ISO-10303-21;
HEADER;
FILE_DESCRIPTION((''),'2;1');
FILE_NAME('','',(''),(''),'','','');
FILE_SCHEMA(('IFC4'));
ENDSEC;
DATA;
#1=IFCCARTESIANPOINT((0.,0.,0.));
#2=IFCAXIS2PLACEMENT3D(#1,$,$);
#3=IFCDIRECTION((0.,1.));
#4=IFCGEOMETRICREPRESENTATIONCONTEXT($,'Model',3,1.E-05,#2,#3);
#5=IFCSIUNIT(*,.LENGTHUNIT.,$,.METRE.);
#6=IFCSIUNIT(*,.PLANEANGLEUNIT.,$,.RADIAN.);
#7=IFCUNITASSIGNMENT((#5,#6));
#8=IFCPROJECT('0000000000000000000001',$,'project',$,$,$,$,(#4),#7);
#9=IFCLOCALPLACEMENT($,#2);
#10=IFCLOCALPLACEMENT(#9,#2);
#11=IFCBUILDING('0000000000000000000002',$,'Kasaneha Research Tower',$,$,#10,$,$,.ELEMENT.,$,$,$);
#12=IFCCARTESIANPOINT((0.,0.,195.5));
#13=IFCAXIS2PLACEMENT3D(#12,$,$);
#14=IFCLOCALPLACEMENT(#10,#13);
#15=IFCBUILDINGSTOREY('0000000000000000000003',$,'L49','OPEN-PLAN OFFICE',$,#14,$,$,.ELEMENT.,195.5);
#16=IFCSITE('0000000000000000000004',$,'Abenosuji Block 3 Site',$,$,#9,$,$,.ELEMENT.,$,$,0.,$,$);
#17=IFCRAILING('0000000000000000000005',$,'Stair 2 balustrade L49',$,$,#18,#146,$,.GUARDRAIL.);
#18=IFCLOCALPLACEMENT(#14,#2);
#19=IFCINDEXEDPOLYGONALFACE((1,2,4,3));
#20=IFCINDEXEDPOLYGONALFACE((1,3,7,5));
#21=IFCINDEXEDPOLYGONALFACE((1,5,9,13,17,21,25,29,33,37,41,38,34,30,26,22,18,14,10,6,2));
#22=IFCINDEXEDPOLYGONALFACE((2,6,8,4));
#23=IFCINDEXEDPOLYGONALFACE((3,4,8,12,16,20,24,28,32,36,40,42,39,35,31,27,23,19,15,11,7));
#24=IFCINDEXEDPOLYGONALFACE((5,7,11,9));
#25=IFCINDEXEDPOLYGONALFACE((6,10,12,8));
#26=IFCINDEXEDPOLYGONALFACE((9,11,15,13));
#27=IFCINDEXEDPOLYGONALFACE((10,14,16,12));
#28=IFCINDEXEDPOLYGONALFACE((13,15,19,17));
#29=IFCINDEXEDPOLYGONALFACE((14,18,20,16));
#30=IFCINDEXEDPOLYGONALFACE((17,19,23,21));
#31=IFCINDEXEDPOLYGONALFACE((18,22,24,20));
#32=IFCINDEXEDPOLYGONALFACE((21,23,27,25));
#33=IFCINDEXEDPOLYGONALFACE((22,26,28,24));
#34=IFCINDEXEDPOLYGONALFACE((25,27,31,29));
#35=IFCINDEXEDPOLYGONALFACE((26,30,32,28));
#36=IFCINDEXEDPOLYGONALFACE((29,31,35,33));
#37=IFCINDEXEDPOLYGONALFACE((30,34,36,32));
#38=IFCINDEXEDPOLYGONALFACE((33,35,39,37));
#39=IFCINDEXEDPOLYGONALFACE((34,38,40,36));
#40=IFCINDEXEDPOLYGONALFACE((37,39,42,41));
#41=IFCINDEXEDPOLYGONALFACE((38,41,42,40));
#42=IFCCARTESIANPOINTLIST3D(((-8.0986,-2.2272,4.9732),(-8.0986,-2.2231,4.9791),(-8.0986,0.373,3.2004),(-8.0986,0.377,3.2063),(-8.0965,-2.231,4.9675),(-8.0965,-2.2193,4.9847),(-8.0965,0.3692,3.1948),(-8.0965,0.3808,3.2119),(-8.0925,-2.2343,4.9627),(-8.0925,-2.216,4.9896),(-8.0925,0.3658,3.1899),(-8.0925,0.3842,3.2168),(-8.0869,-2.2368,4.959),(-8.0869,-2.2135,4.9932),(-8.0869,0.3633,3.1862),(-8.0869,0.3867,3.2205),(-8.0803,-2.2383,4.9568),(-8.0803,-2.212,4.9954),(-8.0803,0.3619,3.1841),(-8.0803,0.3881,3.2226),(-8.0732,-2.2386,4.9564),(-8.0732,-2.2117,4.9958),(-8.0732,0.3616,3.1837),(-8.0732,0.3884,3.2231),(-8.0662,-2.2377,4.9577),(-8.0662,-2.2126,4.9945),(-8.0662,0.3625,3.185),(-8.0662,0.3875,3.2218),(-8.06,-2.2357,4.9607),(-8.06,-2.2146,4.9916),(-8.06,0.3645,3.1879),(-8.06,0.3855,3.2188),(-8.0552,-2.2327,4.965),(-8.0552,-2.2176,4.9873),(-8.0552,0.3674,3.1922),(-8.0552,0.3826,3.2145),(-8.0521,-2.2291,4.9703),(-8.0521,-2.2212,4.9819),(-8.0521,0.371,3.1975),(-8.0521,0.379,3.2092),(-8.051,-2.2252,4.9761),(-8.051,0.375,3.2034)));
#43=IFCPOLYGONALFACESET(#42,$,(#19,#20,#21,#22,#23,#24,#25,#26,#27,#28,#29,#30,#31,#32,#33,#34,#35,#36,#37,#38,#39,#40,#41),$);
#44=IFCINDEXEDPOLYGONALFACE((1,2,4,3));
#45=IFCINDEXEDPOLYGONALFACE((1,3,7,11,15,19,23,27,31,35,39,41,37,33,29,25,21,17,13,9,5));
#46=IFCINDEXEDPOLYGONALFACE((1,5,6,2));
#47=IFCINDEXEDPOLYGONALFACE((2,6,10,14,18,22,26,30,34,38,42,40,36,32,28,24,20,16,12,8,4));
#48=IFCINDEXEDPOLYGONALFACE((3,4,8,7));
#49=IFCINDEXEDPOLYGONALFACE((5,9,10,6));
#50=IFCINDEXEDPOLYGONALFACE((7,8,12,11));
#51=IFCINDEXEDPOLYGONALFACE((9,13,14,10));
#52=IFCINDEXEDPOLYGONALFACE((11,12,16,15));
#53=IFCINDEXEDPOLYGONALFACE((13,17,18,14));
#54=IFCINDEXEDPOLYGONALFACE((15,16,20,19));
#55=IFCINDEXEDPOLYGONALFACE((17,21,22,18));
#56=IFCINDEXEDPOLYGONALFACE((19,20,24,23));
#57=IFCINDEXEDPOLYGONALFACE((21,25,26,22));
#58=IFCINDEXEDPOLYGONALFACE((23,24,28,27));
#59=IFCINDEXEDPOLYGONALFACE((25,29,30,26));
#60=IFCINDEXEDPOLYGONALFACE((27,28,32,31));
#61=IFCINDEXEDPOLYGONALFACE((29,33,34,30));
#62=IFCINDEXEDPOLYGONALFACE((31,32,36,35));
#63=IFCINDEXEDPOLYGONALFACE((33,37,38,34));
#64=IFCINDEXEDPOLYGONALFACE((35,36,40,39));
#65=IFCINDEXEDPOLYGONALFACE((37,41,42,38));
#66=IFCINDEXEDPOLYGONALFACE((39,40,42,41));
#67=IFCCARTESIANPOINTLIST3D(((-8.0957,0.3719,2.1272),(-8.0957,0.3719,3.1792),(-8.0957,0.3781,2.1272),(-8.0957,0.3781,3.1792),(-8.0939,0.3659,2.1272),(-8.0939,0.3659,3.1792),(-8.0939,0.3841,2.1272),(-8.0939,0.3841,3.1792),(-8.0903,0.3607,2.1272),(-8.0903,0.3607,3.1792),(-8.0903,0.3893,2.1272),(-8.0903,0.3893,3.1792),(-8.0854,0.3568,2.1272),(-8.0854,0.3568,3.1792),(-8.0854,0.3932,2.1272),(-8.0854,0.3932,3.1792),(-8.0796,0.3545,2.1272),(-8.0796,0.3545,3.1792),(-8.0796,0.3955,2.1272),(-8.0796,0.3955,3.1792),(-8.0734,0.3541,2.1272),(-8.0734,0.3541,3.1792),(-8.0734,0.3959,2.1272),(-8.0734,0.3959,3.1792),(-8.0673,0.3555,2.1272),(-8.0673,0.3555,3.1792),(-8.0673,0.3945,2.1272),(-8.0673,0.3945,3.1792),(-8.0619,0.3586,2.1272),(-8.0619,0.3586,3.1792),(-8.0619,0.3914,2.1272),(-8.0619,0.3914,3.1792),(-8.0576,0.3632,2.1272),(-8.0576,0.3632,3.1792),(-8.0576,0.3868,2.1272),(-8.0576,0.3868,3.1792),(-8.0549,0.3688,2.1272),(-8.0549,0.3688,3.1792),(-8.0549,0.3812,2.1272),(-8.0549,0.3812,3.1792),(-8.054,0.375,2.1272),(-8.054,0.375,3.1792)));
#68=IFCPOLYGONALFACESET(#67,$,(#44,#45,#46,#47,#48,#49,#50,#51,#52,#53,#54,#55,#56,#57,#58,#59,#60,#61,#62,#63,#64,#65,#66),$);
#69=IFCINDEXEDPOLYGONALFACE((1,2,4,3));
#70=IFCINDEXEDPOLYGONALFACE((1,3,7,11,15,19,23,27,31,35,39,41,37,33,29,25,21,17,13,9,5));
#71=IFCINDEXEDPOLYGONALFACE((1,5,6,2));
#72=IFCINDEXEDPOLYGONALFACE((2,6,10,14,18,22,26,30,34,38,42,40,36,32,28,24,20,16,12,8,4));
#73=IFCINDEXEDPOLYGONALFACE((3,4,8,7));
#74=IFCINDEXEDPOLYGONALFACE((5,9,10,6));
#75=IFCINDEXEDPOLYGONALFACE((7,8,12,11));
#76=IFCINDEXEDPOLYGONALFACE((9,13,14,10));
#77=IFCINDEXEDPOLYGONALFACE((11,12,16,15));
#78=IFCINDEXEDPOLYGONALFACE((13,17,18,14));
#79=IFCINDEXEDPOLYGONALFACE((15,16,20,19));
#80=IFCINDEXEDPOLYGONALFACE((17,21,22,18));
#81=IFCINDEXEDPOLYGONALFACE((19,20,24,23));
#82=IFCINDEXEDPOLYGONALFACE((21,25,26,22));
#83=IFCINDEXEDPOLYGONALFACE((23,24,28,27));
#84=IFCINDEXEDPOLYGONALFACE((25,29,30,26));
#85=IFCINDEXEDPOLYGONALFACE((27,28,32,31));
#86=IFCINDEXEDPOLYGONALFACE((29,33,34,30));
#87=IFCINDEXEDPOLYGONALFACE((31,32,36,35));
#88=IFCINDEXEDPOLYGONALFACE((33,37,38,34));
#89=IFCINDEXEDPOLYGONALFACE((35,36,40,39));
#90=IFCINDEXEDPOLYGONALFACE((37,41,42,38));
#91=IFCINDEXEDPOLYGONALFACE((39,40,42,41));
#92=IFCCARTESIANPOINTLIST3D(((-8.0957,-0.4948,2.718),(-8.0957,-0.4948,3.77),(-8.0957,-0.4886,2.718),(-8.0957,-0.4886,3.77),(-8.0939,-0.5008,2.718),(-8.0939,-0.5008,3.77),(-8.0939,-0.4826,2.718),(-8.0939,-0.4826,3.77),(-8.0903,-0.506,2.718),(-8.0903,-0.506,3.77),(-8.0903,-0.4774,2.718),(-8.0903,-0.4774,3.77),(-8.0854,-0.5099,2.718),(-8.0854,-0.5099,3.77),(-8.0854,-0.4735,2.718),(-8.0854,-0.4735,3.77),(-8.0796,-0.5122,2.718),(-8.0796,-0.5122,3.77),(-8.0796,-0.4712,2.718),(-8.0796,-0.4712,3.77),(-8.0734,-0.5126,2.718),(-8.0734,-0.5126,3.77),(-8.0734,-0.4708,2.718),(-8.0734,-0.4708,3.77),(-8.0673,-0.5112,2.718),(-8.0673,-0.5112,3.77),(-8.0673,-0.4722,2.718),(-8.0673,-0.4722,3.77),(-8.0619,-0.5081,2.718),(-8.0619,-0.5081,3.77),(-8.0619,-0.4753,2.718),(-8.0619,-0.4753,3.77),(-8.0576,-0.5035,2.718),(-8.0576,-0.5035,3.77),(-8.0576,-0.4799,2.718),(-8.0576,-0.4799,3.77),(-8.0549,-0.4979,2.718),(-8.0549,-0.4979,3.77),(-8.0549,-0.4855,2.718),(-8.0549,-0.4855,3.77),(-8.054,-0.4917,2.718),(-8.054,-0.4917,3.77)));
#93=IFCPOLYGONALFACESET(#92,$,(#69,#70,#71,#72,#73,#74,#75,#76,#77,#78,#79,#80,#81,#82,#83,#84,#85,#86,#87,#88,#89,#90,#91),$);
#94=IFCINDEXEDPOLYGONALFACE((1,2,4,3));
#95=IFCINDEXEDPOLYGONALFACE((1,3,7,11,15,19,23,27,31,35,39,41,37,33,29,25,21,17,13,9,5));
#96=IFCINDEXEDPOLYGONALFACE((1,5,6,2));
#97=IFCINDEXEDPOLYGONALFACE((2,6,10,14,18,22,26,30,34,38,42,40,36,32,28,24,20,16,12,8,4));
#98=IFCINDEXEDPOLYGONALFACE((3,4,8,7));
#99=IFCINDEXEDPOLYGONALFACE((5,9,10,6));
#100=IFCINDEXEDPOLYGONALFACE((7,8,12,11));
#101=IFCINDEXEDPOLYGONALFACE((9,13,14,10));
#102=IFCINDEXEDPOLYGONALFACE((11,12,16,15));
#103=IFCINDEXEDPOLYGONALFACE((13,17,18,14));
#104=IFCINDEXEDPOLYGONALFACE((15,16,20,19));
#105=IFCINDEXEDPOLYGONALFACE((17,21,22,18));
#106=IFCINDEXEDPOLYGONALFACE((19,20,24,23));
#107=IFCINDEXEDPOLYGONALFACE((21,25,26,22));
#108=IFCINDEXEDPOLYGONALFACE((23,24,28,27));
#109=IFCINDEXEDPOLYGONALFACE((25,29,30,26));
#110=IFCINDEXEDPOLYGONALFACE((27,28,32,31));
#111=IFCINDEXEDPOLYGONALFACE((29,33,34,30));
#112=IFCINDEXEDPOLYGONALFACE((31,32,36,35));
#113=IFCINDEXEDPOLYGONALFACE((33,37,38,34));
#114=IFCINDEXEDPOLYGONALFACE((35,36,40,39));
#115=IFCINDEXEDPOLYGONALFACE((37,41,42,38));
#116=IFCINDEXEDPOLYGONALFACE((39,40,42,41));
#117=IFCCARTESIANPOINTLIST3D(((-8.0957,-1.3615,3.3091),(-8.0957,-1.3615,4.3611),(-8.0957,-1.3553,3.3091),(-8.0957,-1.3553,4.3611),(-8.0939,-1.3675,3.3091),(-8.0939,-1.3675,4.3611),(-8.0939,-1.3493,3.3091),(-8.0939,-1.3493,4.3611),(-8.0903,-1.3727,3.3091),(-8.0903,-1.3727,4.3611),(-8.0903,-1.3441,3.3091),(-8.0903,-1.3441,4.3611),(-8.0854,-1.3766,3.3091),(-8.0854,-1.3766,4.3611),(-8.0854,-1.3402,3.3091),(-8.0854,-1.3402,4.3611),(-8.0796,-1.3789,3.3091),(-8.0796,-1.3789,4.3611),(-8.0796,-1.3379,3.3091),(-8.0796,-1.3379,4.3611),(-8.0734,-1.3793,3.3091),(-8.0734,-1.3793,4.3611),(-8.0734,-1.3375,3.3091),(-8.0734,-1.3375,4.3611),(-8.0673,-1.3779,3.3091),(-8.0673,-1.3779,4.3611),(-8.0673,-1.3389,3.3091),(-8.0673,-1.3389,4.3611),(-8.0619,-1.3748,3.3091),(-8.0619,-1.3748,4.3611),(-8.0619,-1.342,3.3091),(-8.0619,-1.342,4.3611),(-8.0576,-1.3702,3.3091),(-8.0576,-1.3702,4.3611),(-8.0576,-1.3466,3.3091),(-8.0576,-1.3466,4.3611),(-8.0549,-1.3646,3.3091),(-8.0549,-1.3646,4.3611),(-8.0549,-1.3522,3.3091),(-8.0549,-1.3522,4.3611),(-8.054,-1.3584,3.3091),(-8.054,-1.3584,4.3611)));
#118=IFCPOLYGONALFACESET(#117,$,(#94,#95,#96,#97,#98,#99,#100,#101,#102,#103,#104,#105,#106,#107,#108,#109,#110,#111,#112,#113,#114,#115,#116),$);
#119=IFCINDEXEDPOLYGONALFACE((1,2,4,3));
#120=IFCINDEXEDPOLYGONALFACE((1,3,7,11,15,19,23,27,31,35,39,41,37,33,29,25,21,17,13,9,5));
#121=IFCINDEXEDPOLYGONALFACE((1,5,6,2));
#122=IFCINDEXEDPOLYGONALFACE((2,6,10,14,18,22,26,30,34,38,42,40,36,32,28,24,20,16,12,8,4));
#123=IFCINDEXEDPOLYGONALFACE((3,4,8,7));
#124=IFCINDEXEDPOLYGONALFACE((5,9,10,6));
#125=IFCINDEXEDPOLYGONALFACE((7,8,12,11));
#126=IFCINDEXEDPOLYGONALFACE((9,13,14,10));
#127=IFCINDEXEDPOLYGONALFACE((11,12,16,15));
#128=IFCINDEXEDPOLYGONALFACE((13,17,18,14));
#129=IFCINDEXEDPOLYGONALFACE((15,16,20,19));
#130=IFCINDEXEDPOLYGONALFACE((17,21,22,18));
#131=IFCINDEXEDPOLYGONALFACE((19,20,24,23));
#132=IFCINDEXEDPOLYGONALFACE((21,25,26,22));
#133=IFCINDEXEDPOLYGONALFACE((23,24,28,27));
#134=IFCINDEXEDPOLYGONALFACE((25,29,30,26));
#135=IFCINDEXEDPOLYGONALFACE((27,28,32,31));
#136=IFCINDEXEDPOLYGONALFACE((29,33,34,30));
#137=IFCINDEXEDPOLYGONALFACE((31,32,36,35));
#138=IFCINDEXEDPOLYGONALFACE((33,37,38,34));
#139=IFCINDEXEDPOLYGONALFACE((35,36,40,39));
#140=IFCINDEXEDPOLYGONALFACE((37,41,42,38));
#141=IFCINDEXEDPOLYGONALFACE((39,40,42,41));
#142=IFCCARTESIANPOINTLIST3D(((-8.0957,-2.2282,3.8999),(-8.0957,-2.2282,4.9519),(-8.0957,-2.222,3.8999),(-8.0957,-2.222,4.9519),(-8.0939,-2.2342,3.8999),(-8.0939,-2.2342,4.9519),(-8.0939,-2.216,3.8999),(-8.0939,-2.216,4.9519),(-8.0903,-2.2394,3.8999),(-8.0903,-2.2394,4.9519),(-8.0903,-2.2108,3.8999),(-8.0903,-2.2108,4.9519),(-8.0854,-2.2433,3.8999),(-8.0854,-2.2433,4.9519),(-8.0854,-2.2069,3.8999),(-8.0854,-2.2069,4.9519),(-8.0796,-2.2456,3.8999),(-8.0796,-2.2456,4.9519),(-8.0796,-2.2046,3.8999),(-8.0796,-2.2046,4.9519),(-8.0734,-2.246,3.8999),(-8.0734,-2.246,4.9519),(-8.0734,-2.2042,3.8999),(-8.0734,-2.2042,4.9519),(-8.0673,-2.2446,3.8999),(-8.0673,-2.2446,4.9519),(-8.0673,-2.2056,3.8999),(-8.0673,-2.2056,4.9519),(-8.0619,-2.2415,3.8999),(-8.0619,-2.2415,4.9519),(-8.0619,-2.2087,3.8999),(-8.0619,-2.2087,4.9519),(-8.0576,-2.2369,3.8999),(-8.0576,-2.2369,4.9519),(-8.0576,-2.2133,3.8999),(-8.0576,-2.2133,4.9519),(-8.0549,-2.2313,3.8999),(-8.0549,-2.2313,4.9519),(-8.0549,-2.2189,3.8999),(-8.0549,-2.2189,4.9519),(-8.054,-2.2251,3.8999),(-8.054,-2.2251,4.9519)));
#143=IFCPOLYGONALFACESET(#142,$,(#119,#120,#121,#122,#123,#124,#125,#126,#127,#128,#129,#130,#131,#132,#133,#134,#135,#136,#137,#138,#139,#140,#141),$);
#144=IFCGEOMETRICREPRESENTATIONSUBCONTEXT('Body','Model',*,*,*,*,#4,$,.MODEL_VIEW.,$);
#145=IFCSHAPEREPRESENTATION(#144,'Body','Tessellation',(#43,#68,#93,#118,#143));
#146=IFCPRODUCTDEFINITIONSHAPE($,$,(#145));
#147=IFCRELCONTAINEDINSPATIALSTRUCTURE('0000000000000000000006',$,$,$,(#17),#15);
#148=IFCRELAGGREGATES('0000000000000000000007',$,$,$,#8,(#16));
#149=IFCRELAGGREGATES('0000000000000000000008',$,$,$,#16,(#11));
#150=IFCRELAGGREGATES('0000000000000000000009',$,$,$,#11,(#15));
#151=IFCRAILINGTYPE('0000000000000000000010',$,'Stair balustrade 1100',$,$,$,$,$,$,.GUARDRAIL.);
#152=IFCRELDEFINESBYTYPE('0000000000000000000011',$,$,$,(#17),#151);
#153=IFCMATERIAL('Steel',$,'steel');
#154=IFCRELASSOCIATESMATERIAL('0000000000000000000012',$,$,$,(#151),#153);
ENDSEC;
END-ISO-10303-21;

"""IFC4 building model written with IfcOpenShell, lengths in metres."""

from ifc_helpers import new_model, si_unit, direction, frame, origin, origin_2d, place, context, subcontext, project, spatial, circle, extrude, material, type_object, element, save


model = new_model("IFC4")

# Units and contexts
model_context = context("Model", 3, precision=1e-05, world=origin(), true_north=direction((0.0, 1.0)))
body_context = subcontext(model_context, "Body", "Model", "MODEL_VIEW")
ifc_project = project(units=[si_unit("LENGTHUNIT", "METRE"), si_unit("PLANEANGLEUNIT", "RADIAN")], contexts=[model_context])

# Site, building, storey
site_placement = place(None, origin())
site = spatial("IfcSite", under=ifc_project, at=site_placement, Name="Abenosuji Block 3 Site", CompositionType="ELEMENT", RefElevation=0.0)
building_placement = place(site_placement, origin())
building = spatial("IfcBuilding", under=site, at=building_placement, Name="Kasaneha Research Tower", CompositionType="ELEMENT")
storey_placement = place(building_placement, frame((0.0, 0.0, 195.5)))
storey = spatial("IfcBuildingStorey", under=building, at=storey_placement, Name="L49", Description="OPEN-PLAN OFFICE", CompositionType="ELEMENT", Elevation=195.5)

# Railing
ifc_material_1 = material(Name="Steel", Category="steel")
railing_type_1 = type_object("IfcRailingType", Name="Stair balustrade 1100", PredefinedType="GUARDRAIL", material=ifc_material_1)
railing_1_placement = place(storey_placement, frame((-8.075, 0.375, 2.1272)))
element("IfcRailing", 1, at=railing_1_placement, inside=storey, type_object=railing_type_1, Name="Stair 2 balustrade L49", PredefinedType="GUARDRAIL", context=body_context, shape_type="SweptSolid", body=[
    extrude(circle(Radius=0.0239, at=origin_2d()), frame((0.0, 0.0, 1.0762), z_axis=(0.0, -0.82624, 0.563318), x_axis=(1.0, 0.0, 0.0)), (0.0, 0.0, 1.0), 3.147),
    extrude(circle(Radius=0.021, at=origin_2d()), origin(), (0.0, 0.0, 1.0), 1.052),
    extrude(circle(Radius=0.021, at=origin_2d()), frame((0.0, -0.8667, 0.5908)), (0.0, 0.0, 1.0), 1.052),
    extrude(circle(Radius=0.021, at=origin_2d()), frame((0.0, -1.7334, 1.1819)), (0.0, 0.0, 1.0), 1.052),
    extrude(circle(Radius=0.021, at=origin_2d()), frame((0.0, -2.6001, 1.7727)), (0.0, 0.0, 1.0), 1.052),
])

save(model, "model.ifc")
